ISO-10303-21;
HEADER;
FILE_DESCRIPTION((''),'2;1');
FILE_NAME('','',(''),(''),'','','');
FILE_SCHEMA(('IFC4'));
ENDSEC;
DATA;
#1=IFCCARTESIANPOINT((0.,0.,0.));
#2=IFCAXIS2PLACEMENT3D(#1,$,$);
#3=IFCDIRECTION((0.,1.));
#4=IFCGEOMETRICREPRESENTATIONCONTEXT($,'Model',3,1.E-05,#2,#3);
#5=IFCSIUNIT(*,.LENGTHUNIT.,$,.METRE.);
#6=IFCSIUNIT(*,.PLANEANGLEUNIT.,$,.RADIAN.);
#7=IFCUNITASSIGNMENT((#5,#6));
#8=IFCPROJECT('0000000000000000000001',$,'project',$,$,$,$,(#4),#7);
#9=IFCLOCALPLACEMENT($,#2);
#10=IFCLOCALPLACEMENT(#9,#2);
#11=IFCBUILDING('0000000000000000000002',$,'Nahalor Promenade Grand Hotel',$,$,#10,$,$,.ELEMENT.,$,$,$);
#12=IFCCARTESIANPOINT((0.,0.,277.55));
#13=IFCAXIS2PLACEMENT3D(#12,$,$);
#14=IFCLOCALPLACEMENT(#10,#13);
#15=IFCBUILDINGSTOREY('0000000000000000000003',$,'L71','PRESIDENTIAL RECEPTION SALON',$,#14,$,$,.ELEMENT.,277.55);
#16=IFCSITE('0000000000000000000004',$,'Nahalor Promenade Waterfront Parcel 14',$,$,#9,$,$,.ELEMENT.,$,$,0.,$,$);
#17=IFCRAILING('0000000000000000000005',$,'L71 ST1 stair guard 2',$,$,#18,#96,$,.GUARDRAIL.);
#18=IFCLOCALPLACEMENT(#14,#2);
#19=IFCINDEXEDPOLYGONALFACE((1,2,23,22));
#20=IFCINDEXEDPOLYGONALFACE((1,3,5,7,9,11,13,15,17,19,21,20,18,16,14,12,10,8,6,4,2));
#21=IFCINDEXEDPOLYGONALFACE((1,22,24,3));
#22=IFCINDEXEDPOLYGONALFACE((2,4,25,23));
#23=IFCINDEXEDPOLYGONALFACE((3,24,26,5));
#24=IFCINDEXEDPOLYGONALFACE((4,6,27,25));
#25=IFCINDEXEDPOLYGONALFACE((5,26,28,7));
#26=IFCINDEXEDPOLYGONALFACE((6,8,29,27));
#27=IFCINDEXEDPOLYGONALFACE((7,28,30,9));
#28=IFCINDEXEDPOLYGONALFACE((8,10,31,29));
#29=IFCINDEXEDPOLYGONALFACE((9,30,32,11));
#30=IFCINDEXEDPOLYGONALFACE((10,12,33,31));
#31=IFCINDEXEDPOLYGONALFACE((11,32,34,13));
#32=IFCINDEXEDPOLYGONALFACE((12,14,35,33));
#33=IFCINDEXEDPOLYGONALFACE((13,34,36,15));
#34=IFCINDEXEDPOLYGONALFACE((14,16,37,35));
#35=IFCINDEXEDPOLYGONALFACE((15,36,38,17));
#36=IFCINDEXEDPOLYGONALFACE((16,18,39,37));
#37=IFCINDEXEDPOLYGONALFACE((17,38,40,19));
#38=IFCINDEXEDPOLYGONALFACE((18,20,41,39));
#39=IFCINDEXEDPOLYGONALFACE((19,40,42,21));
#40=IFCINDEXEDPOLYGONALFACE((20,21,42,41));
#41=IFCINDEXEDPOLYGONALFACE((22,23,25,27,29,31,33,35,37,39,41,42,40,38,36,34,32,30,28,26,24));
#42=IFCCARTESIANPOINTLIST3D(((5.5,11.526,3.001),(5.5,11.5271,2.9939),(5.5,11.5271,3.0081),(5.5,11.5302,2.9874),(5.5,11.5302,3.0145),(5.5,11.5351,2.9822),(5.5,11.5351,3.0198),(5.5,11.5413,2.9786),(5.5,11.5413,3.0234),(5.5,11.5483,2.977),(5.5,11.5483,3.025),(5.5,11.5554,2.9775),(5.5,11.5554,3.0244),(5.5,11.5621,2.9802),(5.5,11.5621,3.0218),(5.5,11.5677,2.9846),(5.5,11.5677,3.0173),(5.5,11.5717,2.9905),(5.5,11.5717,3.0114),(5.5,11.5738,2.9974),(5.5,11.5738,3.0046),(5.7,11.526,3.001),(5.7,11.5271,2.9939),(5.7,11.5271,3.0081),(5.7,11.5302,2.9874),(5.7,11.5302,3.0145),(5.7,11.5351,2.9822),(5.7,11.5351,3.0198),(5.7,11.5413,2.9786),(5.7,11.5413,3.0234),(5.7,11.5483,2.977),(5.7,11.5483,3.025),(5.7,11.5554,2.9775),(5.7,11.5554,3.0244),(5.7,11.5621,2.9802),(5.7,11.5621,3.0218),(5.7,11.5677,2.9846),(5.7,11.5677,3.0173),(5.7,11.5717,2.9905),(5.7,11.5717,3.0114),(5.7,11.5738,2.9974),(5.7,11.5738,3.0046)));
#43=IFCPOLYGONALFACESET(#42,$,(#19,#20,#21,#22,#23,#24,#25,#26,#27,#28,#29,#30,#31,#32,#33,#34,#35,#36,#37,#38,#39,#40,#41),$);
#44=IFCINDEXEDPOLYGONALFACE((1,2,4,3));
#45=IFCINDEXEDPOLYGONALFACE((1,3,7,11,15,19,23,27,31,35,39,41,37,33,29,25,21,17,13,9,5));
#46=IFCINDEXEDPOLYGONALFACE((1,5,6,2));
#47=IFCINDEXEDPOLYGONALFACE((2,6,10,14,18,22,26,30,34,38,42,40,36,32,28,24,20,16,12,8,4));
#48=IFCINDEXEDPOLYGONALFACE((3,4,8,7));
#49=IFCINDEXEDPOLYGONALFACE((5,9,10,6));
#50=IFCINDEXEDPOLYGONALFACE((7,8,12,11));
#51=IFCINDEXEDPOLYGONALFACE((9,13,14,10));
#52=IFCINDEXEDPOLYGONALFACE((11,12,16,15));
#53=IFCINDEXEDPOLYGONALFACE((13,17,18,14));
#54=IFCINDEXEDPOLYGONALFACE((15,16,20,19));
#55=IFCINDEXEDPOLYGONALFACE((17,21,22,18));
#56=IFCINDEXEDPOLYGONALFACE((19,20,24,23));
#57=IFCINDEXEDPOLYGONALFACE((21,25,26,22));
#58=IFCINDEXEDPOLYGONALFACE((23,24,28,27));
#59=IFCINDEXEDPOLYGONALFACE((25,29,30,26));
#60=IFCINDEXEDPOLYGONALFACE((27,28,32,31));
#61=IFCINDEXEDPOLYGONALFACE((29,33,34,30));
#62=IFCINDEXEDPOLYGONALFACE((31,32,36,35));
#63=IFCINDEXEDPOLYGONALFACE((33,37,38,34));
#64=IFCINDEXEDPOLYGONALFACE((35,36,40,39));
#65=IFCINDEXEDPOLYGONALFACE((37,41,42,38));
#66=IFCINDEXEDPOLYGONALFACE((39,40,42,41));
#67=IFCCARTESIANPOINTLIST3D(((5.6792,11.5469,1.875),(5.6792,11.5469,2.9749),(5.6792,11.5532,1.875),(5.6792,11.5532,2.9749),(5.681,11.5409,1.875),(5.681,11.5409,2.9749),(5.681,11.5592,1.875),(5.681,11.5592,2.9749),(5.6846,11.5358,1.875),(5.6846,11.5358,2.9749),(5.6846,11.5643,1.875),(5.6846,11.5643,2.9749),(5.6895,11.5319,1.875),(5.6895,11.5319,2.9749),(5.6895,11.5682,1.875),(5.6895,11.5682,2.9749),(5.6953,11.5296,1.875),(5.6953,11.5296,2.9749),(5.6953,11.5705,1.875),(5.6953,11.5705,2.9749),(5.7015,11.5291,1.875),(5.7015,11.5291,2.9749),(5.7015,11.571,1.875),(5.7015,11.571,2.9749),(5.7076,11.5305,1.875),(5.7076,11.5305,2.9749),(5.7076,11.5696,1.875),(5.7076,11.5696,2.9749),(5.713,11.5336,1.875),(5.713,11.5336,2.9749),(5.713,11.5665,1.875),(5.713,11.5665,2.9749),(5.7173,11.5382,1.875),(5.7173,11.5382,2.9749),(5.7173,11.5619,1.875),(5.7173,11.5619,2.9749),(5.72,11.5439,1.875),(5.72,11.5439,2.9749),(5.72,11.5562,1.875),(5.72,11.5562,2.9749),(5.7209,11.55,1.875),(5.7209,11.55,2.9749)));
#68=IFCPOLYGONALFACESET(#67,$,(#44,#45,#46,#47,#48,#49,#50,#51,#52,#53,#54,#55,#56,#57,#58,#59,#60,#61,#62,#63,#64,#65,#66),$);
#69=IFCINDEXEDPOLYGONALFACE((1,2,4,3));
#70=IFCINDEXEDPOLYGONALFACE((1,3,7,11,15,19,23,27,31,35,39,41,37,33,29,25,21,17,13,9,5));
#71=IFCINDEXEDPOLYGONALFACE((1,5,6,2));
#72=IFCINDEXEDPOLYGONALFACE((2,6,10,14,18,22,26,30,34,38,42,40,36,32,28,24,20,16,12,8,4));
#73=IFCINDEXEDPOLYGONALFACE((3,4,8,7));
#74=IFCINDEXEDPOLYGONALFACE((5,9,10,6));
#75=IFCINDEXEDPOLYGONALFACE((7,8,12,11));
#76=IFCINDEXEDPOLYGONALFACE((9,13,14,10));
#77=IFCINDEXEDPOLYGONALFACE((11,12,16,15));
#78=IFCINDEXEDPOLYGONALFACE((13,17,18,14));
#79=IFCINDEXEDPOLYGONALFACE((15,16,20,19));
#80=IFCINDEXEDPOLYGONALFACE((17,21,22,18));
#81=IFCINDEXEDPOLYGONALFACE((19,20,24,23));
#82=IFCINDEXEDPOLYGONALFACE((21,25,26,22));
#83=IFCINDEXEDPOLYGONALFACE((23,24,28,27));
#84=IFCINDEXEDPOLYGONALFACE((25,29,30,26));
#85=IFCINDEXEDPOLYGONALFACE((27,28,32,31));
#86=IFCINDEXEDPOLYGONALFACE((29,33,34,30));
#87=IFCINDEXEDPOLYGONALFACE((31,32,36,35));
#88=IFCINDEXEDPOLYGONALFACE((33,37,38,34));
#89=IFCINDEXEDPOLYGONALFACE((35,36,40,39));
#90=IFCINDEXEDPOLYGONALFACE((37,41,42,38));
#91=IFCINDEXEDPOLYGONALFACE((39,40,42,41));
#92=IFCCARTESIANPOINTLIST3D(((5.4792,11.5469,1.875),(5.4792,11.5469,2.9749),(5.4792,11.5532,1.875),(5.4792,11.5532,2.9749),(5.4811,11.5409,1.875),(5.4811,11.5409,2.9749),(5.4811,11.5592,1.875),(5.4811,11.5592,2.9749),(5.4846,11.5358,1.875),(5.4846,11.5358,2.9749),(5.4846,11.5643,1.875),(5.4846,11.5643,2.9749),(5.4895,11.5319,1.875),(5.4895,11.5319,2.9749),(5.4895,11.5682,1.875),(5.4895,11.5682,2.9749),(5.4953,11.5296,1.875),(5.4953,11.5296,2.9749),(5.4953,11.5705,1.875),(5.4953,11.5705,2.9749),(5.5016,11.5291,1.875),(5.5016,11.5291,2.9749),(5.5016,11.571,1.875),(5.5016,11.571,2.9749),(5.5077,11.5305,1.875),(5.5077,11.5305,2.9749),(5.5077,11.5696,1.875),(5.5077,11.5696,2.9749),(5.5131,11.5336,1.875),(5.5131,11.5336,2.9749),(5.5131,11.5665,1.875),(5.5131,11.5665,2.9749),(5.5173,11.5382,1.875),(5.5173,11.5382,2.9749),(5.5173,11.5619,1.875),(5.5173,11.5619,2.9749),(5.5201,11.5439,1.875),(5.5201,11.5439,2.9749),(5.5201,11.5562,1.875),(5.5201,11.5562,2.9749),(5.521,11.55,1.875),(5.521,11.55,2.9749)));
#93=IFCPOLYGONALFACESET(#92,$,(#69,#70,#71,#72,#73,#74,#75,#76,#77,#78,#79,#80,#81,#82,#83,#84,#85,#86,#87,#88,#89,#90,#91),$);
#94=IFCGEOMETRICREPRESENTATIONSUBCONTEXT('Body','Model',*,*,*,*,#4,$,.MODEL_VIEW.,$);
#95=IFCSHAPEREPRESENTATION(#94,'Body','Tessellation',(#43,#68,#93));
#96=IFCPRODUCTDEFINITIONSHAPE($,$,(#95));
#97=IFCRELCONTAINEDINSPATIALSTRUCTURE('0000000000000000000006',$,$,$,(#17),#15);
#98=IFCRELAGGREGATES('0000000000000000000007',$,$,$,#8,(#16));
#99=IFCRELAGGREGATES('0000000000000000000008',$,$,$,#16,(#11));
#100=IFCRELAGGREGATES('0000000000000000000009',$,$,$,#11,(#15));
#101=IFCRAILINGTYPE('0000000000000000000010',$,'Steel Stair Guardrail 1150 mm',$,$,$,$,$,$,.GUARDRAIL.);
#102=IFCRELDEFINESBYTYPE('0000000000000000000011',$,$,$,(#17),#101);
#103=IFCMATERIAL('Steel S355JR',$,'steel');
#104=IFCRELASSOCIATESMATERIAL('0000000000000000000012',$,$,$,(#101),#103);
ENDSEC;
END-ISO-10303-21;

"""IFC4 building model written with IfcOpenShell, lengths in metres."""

from ifc_helpers import new_model, si_unit, direction, frame, origin, origin_2d, place, context, subcontext, project, spatial, circle, extrude, material, type_object, element, save


model = new_model("IFC4")

# Units and contexts
model_context = context("Model", 3, precision=1e-05, world=origin(), true_north=direction((0.0, 1.0)))
body_context = subcontext(model_context, "Body", "Model", "MODEL_VIEW")
ifc_project = project(units=[si_unit("LENGTHUNIT", "METRE"), si_unit("PLANEANGLEUNIT", "RADIAN")], contexts=[model_context])

# Site, building, storey
site_placement = place(None, origin())
site = spatial("IfcSite", under=ifc_project, at=site_placement, Name="Nahalor Promenade Waterfront Parcel 14", CompositionType="ELEMENT", RefElevation=0.0)
building_placement = place(site_placement, origin())
building = spatial("IfcBuilding", under=site, at=building_placement, Name="Nahalor Promenade Grand Hotel", CompositionType="ELEMENT")
storey_placement = place(building_placement, frame((0.0, 0.0, 277.55)))
storey = spatial("IfcBuildingStorey", under=building, at=storey_placement, Name="L71", Description="PRESIDENTIAL RECEPTION SALON", CompositionType="ELEMENT", Elevation=277.55)

# Shared definitions
ifc_material_1 = material(Name="Steel S355JR", Category="steel")

# Railing
railing_type = type_object("IfcRailingType", Name="Steel Stair Guardrail 1150 mm", PredefinedType="GUARDRAIL", material=ifc_material_1)
railing_1_placement = place(storey_placement, frame((5.7, 11.55, 1.875)))
element("IfcRailing", 1, at=railing_1_placement, inside=storey, type_object=railing_type, Name="L71 ST1 stair guard 2", PredefinedType="GUARDRAIL", context=body_context, shape_type="SweptSolid", body=[
    extrude(circle(Radius=0.024, at=origin_2d()), frame((0.0, 0.0, 1.126), z_axis=(-1.0, 0.0, 0.0), x_axis=(0.0, -1.0, 0.0)), (0.0, 0.0, 1.0), 0.2),
    extrude(circle(Radius=0.021, at=origin_2d()), origin(), (0.0, 0.0, 1.0), 1.0999),
    extrude(circle(Radius=0.021, at=origin_2d()), frame((-0.2, 0.0, 0.0)), (0.0, 0.0, 1.0), 1.0999),
])

save(model, "model.ifc")
